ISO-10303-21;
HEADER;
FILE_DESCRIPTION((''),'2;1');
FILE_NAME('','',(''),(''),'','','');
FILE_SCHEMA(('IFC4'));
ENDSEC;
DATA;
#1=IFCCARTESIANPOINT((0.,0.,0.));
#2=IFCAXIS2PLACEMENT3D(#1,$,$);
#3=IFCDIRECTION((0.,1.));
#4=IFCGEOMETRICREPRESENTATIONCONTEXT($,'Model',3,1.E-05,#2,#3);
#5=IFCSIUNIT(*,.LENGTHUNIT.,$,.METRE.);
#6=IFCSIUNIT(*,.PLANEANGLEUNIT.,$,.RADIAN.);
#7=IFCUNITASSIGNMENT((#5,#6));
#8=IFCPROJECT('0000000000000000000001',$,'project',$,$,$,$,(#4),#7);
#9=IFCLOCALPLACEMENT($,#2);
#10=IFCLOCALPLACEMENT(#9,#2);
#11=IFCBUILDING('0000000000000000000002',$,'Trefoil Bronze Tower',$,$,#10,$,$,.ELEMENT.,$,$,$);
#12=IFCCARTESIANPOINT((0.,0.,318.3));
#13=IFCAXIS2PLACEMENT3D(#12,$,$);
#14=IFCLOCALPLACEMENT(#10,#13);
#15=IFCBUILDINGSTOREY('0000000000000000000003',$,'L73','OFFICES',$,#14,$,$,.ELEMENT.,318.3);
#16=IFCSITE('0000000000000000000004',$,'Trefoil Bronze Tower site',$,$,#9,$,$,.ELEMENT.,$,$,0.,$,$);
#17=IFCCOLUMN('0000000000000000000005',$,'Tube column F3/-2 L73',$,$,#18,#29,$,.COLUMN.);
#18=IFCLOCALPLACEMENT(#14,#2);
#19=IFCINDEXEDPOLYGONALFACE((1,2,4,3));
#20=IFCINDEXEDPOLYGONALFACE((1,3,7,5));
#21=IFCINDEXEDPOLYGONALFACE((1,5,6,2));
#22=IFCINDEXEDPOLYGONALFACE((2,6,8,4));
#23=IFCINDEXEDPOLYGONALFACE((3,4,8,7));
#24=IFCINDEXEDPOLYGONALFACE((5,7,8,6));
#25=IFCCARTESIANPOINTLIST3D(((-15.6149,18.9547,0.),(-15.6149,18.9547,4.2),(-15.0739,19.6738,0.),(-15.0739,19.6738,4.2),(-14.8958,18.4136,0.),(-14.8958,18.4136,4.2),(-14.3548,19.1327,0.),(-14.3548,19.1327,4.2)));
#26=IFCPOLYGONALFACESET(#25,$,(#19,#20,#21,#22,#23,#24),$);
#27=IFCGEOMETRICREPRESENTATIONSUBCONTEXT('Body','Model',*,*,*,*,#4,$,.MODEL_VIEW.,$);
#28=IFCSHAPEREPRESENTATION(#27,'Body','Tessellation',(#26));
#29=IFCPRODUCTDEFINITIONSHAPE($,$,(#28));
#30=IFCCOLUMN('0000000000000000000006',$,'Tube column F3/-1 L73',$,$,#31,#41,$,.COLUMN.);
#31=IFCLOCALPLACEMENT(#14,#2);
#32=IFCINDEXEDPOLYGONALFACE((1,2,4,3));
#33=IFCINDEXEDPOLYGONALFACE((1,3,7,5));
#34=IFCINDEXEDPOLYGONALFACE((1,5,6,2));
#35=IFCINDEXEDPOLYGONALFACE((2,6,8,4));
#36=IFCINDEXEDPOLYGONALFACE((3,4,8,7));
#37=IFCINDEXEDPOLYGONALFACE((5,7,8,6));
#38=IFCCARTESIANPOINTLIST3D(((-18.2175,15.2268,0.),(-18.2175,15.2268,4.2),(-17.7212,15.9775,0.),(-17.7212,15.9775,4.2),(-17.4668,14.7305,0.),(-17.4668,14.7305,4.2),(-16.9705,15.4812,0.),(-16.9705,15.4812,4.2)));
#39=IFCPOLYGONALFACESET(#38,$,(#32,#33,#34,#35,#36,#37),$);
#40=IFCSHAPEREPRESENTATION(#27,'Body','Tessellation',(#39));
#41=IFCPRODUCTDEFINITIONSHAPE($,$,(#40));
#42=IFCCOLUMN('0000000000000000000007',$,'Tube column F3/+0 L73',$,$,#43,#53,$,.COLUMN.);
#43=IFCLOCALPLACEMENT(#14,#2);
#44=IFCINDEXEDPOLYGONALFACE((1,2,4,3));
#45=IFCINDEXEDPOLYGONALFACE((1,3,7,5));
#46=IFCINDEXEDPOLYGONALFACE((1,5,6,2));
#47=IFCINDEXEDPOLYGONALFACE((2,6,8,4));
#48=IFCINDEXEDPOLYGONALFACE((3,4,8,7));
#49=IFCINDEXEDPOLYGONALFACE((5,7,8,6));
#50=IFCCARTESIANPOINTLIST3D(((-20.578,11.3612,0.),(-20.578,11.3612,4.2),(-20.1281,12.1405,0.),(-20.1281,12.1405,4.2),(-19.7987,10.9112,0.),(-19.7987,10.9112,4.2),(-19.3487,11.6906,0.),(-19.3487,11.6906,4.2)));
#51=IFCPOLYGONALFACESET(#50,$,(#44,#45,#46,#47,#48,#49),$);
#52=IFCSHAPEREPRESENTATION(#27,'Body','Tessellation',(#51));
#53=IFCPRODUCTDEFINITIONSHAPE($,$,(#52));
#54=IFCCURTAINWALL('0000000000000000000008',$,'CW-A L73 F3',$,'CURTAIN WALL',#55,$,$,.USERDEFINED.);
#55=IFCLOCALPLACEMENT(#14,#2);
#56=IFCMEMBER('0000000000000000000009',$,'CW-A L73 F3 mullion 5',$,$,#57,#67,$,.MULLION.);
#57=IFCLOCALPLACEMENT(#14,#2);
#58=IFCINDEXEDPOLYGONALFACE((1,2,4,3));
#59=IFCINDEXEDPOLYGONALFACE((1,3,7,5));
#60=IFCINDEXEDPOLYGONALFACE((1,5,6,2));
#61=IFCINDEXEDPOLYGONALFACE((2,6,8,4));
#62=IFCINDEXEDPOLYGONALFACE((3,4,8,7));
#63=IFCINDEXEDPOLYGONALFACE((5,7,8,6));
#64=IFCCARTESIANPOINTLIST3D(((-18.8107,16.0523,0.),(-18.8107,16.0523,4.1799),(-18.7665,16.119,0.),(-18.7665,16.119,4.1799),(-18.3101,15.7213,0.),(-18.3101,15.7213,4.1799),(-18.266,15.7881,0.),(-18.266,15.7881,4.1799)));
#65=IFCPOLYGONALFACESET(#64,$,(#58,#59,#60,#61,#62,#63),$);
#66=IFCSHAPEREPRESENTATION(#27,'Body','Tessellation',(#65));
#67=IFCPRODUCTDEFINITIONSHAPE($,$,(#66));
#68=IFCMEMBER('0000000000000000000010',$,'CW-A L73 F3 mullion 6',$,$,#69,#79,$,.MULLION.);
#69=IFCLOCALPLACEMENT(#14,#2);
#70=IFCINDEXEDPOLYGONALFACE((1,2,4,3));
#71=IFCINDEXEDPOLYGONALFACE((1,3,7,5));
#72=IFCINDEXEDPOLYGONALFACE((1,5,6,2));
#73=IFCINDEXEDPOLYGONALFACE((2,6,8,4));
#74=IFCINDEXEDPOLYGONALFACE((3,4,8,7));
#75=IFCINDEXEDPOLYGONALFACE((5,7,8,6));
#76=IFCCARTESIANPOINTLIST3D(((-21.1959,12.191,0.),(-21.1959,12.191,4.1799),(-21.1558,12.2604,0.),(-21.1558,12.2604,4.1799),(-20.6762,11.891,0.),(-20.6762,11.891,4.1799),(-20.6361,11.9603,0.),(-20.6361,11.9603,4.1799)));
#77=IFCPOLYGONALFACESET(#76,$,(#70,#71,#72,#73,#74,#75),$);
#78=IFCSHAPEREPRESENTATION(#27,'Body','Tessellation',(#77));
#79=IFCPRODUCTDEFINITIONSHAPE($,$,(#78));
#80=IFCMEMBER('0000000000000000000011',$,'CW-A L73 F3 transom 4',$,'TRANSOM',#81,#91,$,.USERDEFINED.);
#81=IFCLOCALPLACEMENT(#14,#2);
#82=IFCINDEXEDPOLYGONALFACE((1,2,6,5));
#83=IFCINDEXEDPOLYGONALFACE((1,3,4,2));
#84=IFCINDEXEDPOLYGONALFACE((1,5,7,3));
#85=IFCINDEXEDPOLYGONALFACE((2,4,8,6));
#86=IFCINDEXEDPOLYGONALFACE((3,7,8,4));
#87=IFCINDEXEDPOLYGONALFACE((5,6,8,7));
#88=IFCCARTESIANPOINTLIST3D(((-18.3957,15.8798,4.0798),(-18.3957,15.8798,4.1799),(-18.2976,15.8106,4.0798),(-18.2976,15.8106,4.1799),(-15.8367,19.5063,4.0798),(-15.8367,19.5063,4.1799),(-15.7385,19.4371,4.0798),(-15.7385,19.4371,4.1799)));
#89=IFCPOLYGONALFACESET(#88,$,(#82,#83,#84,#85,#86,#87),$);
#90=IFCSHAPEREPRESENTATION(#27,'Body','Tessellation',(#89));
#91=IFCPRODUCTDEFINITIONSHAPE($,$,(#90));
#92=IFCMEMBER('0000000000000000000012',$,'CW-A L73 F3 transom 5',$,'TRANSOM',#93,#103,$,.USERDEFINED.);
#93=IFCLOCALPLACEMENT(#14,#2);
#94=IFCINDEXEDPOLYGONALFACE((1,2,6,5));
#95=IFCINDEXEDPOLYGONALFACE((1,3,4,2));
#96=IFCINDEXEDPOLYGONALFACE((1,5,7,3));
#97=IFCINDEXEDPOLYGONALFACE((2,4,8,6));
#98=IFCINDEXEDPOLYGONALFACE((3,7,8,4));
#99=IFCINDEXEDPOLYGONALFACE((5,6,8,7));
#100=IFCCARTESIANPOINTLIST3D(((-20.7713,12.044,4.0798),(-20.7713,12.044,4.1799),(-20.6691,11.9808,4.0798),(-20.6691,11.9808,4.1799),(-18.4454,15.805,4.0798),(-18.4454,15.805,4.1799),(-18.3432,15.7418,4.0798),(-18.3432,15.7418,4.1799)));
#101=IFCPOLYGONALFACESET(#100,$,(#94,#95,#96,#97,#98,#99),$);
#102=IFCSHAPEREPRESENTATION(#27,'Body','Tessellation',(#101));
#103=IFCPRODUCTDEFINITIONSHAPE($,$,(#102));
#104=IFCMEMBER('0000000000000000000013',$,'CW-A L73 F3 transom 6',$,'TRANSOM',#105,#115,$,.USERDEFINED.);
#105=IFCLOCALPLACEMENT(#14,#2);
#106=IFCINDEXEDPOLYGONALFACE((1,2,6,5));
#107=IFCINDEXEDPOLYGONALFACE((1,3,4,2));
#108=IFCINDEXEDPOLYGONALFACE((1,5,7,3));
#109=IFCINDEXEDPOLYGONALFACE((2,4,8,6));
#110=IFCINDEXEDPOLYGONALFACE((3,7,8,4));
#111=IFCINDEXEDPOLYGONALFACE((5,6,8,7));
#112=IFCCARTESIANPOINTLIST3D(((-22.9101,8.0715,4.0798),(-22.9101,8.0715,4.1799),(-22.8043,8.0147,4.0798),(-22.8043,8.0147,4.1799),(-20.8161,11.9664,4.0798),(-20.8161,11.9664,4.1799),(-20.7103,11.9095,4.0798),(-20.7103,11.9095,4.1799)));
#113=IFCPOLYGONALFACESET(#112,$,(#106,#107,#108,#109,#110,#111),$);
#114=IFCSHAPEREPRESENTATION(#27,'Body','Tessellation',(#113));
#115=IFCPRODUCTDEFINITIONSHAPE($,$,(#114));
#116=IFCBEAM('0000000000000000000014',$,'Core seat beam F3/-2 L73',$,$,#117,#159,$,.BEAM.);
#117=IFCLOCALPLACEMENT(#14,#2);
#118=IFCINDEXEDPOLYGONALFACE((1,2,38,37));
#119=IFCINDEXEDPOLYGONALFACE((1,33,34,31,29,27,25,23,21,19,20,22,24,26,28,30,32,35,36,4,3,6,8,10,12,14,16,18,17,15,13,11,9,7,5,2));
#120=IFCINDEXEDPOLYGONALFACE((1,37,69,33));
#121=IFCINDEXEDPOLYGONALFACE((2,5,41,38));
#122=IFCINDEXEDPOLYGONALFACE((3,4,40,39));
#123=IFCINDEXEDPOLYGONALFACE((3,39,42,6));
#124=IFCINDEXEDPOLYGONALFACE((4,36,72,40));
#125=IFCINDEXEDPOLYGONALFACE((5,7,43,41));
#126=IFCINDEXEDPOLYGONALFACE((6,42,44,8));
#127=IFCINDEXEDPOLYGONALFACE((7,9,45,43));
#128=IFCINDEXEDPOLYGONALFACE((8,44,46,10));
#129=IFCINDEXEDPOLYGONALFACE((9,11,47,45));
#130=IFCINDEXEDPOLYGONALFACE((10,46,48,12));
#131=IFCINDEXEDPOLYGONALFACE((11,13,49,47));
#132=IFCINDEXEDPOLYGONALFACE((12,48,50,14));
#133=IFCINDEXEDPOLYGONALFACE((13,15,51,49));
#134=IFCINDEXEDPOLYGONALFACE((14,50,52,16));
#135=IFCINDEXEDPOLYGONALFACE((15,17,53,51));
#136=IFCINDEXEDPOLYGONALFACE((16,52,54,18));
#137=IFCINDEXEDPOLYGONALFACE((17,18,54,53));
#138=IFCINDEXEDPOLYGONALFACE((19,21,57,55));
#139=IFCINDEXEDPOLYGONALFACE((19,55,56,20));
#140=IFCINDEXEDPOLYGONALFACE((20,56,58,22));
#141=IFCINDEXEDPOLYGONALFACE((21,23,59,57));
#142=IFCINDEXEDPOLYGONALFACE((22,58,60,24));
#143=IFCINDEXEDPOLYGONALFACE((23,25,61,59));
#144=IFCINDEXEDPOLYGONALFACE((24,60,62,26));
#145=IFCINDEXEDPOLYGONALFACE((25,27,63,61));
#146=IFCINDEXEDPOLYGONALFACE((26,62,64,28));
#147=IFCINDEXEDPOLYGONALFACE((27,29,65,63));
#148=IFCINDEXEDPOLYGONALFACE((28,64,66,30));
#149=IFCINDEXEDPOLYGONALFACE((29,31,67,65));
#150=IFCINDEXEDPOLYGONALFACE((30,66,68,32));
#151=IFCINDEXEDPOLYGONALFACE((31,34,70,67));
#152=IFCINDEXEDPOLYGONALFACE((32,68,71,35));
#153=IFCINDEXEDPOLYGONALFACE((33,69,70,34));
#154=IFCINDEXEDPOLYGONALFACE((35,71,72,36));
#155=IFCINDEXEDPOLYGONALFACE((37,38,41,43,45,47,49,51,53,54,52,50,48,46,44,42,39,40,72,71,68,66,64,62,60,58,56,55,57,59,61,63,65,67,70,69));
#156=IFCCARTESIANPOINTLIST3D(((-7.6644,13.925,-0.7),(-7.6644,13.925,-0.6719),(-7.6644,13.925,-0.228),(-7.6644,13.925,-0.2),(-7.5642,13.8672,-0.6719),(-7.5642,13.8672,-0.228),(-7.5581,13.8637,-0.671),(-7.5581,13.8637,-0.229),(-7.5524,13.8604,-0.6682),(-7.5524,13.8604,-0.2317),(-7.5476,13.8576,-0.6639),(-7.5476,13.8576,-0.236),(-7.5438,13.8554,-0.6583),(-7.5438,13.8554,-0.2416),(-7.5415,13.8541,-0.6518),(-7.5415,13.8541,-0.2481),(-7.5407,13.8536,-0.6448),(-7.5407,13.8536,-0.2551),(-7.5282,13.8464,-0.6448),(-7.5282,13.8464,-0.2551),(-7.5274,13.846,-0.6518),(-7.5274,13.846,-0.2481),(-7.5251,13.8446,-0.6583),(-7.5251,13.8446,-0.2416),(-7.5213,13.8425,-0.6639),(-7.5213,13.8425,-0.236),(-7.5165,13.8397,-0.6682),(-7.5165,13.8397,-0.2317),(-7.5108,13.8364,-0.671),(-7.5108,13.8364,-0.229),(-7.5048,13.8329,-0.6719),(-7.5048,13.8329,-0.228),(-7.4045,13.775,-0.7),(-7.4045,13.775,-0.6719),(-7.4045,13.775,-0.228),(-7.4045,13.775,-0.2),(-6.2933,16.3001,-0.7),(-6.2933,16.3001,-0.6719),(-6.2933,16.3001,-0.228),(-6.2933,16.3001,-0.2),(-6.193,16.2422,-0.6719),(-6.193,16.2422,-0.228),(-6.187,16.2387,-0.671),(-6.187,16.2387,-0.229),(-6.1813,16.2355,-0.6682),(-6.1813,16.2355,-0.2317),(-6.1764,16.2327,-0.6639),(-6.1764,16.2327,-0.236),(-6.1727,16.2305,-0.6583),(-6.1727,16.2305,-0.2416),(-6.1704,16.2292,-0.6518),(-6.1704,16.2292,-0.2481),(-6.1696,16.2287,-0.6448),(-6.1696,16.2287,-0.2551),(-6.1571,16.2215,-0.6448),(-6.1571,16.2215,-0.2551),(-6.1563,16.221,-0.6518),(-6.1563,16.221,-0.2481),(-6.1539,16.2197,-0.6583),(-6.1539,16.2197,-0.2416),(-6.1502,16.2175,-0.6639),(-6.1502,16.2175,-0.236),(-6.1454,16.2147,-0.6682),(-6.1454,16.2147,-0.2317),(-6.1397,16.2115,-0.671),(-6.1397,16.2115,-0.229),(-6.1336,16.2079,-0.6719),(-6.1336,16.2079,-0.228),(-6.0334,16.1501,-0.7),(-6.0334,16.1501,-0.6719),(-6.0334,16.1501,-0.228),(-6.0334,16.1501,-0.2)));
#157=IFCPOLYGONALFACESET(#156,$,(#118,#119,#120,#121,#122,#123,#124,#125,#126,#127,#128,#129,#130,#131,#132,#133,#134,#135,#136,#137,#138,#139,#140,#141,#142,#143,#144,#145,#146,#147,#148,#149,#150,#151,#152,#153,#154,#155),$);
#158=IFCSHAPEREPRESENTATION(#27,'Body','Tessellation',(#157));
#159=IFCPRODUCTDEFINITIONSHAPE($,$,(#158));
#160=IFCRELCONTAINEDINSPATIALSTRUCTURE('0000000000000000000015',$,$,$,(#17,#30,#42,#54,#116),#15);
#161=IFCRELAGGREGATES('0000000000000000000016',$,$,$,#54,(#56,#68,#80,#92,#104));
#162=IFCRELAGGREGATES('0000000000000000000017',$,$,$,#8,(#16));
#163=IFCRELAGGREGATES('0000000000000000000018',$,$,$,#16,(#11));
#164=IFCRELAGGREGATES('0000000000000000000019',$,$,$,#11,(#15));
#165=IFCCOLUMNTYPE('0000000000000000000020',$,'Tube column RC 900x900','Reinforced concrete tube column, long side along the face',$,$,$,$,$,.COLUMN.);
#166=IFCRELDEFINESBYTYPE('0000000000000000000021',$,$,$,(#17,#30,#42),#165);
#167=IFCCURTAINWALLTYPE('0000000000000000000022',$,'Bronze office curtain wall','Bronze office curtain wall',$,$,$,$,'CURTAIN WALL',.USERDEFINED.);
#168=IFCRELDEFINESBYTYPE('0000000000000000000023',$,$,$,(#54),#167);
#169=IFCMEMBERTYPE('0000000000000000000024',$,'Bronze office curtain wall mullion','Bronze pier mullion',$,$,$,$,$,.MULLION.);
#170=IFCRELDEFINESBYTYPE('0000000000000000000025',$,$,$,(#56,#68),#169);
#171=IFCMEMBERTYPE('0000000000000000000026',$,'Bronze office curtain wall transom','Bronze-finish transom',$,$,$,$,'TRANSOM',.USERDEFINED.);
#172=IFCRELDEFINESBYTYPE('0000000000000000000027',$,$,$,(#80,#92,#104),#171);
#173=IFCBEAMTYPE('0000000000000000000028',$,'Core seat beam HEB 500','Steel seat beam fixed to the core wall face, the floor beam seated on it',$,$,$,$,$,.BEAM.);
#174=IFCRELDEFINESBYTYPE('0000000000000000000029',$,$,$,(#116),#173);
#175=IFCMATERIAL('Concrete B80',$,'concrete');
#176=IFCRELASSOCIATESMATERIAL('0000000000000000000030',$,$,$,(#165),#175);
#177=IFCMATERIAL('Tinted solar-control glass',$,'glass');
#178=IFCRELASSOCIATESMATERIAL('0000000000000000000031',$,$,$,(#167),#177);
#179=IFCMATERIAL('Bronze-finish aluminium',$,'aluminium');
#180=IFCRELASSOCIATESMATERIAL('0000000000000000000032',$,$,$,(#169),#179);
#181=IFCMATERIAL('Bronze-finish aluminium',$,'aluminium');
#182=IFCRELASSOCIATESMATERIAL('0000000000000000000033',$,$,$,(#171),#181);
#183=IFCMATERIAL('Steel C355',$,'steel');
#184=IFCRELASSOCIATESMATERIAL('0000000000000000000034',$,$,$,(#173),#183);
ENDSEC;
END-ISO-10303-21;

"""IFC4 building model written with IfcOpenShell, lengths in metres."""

from ifc_helpers import new_model, si_unit, direction, frame, origin, origin_2d, place, context, subcontext, project, spatial, rectangle, i_section, extrude, material, material_profile, profile_set, type_object, element, aggregate, save


model = new_model("IFC4")

# Units and contexts
model_context = context("Model", 3, precision=1e-05, world=origin(), true_north=direction((0.0, 1.0)))
body_context = subcontext(model_context, "Body", "Model", "MODEL_VIEW")
ifc_project = project(units=[si_unit("LENGTHUNIT", "METRE"), si_unit("PLANEANGLEUNIT", "RADIAN")], contexts=[model_context])

# Site, building, storey
site_placement = place(None, origin())
site = spatial("IfcSite", under=ifc_project, at=site_placement, Name="Trefoil Bronze Tower site", CompositionType="ELEMENT", RefElevation=0.0)
building_placement = place(site_placement, origin())
building = spatial("IfcBuilding", under=site, at=building_placement, Name="Trefoil Bronze Tower", CompositionType="ELEMENT")
storey_placement = place(building_placement, frame((0.0, 0.0, 318.3)))
storey = spatial("IfcBuildingStorey", under=building, at=storey_placement, Name="L73", Description="OFFICES", CompositionType="ELEMENT", Elevation=318.3)

# Columns
ifc_material_1 = material(Name="Concrete B80", Category="concrete")
ifc_material_profile_1 = material_profile(ifc_material_1, rectangle(XDim=0.8999, YDim=0.8999, at=origin_2d()), Name="RC 900x900")
ifc_profile_set_1 = profile_set([ifc_material_profile_1], Name="Concrete B80")
column_type = type_object("IfcColumnType", Name="Tube column RC 900x900", Description="Reinforced concrete tube column, long side along the face", PredefinedType="COLUMN", material=ifc_profile_set_1)
for number, where, z_axis, x_axis, name in (
    (1, (-14.9849, 19.0437, 0.0), (0.0, 0.0, 1.0), (-0.601203, -0.799096, 0.0), "Tube column F3/-2 L73"),
    (2, (-17.594, 15.354, 0.0), (0.0, 0.0, 1.0), (-0.551524, -0.834159, 0.0), "Tube column F3/-1 L73"),
    (3, (-19.9634, 11.5259, 0.0), (0.0, 0.0, 1.0), (-0.5, -0.866025, 0.0), "Tube column F3/+0 L73"),
):
    element("IfcColumn", number, at=place(storey_placement, frame(where, z_axis=z_axis, x_axis=x_axis)), inside=storey, type_object=column_type, Name=name, PredefinedType="COLUMN", context=body_context, shape_type="SweptSolid", body=[
        extrude(rectangle(XDim=0.8999, YDim=0.8999, at=origin_2d()), origin(), (0.0, 0.0, 1.0), 4.2),
    ])

# Curtain wall, members
ifc_material_2 = material(Name="Tinted solar-control glass", Category="glass")
curtain_wall_type = type_object("IfcCurtainWallType", Name="Bronze office curtain wall", Description="Bronze office curtain wall", ElementType="CURTAIN WALL", PredefinedType="USERDEFINED", material=ifc_material_2)
curtain_wall_placement = place(storey_placement, origin())
curtain_wall = element("IfcCurtainWall", 4, at=curtain_wall_placement, inside=storey, type_object=curtain_wall_type, Name="CW-A L73 F3", ObjectType="CURTAIN WALL", PredefinedType="USERDEFINED")
ifc_material_3 = material(Name="Bronze-finish aluminium", Category="aluminium")
ifc_material_profile_2 = material_profile(ifc_material_3, rectangle(XDim=0.6001, YDim=0.0801, at=origin_2d()), Name="CW-A mullion")
ifc_profile_set_2 = profile_set([ifc_material_profile_2], Name="Bronze-finish aluminium")
member_type_1 = type_object("IfcMemberType", Name="Bronze office curtain wall mullion", Description="Bronze pier mullion", PredefinedType="MULLION", material=ifc_profile_set_2)
member_1_placement = place(storey_placement, frame((-18.5383, 15.9202, 0.0), z_axis=(0.0, 0.0, 1.0), x_axis=(0.834159, -0.551524, 0.0)))
member_1 = element("IfcMember", 5, at=member_1_placement, type_object=member_type_1, Name="CW-A L73 F3 mullion 5", PredefinedType="MULLION", context=body_context, shape_type="SweptSolid", body=[
    extrude(rectangle(XDim=0.6001, YDim=0.0801, at=origin_2d()), origin(), (0.0, 0.0, 1.0), 4.1799),
])
member_2_placement = place(storey_placement, frame((-20.916, 12.0757, 0.0), z_axis=(0.0, 0.0, 1.0), x_axis=(0.866025, -0.5, 0.0)))
member_2 = element("IfcMember", 6, at=member_2_placement, type_object=member_type_1, Name="CW-A L73 F3 mullion 6", PredefinedType="MULLION", context=body_context, shape_type="SweptSolid", body=[
    extrude(rectangle(XDim=0.6001, YDim=0.0801, at=origin_2d()), origin(), (0.0, 0.0, 1.0), 4.1799),
])
ifc_material_4 = material(Name="Bronze-finish aluminium", Category="aluminium")
ifc_material_profile_3 = material_profile(ifc_material_4, rectangle(XDim=0.1201, YDim=0.1001, at=origin_2d()), Name="CW-A transom")
ifc_profile_set_3 = profile_set([ifc_material_profile_3], Name="Bronze-finish aluminium")
member_type_2 = type_object("IfcMemberType", Name="Bronze office curtain wall transom", Description="Bronze-finish transom", ElementType="TRANSOM", PredefinedType="USERDEFINED", material=ifc_profile_set_3)
member_3_placement = place(storey_placement, frame((-15.7876, 19.4717, 4.1299), z_axis=(-0.576567, -0.81705, 0.0), x_axis=(0.81705, -0.576567, 0.0)))
member_3 = element("IfcMember", 7, at=member_3_placement, type_object=member_type_2, Name="CW-A L73 F3 transom 4", ObjectType="TRANSOM", PredefinedType="USERDEFINED", context=body_context, shape_type="SweptSolid", body=[
    extrude(rectangle(XDim=0.1201, YDim=0.1001, at=origin_2d()), origin(), (0.0, 0.0, 1.0), 4.4385),
])
member_4_placement = place(storey_placement, frame((-18.3943, 15.7734, 4.1299), z_axis=(-0.525978, -0.850498, 0.0), x_axis=(0.850498, -0.525978, 0.0)))
member_4 = element("IfcMember", 8, at=member_4_placement, type_object=member_type_2, Name="CW-A L73 F3 transom 5", ObjectType="TRANSOM", PredefinedType="USERDEFINED", context=body_context, shape_type="SweptSolid", body=[
    extrude(rectangle(XDim=0.1201, YDim=0.1001, at=origin_2d()), origin(), (0.0, 0.0, 1.0), 4.4221),
])
member_5_placement = place(storey_placement, frame((-20.7632, 11.938, 4.1299), z_axis=(-0.47354, -0.880772, 0.0), x_axis=(0.880772, -0.47354, 0.0)))
member_5 = element("IfcMember", 9, at=member_5_placement, type_object=member_type_2, Name="CW-A L73 F3 transom 6", ObjectType="TRANSOM", PredefinedType="USERDEFINED", context=body_context, shape_type="SweptSolid", body=[
    extrude(rectangle(XDim=0.1201, YDim=0.1001, at=origin_2d()), origin(), (0.0, 0.0, 1.0), 4.4221),
])

# Beam
ifc_material_5 = material(Name="Steel C355", Category="steel")
ifc_material_profile_4 = material_profile(ifc_material_5, i_section(OverallWidth=0.3, OverallDepth=0.5, WebThickness=0.0144, FlangeThickness=0.0281, FilletRadius=0.0271, at=origin_2d()), Name="HEB 500")
ifc_profile_set_4 = profile_set([ifc_material_profile_4], Name="Steel C355")
beam_type_1 = type_object("IfcBeamType", Name="Core seat beam HEB 500", Description="Steel seat beam fixed to the core wall face, the floor beam seated on it", PredefinedType="BEAM", material=ifc_profile_set_4)
for number, where, z_axis, x_axis, name in (
    (10, (-6.1633, 16.2251, -0.45), (-0.499969, -0.866043, 0.0), (0.866043, -0.499969, 0.0), "Core seat beam F3/-2 L73"),
):
    element("IfcBeam", number, at=place(storey_placement, frame(where, z_axis=z_axis, x_axis=x_axis)), inside=storey, type_object=beam_type_1, Name=name, PredefinedType="BEAM", context=body_context, shape_type="SweptSolid", body=[
        extrude(i_section(OverallWidth=0.3, OverallDepth=0.5, WebThickness=0.0144, FlangeThickness=0.0281, FilletRadius=0.0271, at=origin_2d()), origin(), (0.0, 0.0, 1.0), 2.7424),
    ])

aggregate(curtain_wall, [member_1, member_2, member_3, member_4, member_5])

save(model, "model.ifc")
